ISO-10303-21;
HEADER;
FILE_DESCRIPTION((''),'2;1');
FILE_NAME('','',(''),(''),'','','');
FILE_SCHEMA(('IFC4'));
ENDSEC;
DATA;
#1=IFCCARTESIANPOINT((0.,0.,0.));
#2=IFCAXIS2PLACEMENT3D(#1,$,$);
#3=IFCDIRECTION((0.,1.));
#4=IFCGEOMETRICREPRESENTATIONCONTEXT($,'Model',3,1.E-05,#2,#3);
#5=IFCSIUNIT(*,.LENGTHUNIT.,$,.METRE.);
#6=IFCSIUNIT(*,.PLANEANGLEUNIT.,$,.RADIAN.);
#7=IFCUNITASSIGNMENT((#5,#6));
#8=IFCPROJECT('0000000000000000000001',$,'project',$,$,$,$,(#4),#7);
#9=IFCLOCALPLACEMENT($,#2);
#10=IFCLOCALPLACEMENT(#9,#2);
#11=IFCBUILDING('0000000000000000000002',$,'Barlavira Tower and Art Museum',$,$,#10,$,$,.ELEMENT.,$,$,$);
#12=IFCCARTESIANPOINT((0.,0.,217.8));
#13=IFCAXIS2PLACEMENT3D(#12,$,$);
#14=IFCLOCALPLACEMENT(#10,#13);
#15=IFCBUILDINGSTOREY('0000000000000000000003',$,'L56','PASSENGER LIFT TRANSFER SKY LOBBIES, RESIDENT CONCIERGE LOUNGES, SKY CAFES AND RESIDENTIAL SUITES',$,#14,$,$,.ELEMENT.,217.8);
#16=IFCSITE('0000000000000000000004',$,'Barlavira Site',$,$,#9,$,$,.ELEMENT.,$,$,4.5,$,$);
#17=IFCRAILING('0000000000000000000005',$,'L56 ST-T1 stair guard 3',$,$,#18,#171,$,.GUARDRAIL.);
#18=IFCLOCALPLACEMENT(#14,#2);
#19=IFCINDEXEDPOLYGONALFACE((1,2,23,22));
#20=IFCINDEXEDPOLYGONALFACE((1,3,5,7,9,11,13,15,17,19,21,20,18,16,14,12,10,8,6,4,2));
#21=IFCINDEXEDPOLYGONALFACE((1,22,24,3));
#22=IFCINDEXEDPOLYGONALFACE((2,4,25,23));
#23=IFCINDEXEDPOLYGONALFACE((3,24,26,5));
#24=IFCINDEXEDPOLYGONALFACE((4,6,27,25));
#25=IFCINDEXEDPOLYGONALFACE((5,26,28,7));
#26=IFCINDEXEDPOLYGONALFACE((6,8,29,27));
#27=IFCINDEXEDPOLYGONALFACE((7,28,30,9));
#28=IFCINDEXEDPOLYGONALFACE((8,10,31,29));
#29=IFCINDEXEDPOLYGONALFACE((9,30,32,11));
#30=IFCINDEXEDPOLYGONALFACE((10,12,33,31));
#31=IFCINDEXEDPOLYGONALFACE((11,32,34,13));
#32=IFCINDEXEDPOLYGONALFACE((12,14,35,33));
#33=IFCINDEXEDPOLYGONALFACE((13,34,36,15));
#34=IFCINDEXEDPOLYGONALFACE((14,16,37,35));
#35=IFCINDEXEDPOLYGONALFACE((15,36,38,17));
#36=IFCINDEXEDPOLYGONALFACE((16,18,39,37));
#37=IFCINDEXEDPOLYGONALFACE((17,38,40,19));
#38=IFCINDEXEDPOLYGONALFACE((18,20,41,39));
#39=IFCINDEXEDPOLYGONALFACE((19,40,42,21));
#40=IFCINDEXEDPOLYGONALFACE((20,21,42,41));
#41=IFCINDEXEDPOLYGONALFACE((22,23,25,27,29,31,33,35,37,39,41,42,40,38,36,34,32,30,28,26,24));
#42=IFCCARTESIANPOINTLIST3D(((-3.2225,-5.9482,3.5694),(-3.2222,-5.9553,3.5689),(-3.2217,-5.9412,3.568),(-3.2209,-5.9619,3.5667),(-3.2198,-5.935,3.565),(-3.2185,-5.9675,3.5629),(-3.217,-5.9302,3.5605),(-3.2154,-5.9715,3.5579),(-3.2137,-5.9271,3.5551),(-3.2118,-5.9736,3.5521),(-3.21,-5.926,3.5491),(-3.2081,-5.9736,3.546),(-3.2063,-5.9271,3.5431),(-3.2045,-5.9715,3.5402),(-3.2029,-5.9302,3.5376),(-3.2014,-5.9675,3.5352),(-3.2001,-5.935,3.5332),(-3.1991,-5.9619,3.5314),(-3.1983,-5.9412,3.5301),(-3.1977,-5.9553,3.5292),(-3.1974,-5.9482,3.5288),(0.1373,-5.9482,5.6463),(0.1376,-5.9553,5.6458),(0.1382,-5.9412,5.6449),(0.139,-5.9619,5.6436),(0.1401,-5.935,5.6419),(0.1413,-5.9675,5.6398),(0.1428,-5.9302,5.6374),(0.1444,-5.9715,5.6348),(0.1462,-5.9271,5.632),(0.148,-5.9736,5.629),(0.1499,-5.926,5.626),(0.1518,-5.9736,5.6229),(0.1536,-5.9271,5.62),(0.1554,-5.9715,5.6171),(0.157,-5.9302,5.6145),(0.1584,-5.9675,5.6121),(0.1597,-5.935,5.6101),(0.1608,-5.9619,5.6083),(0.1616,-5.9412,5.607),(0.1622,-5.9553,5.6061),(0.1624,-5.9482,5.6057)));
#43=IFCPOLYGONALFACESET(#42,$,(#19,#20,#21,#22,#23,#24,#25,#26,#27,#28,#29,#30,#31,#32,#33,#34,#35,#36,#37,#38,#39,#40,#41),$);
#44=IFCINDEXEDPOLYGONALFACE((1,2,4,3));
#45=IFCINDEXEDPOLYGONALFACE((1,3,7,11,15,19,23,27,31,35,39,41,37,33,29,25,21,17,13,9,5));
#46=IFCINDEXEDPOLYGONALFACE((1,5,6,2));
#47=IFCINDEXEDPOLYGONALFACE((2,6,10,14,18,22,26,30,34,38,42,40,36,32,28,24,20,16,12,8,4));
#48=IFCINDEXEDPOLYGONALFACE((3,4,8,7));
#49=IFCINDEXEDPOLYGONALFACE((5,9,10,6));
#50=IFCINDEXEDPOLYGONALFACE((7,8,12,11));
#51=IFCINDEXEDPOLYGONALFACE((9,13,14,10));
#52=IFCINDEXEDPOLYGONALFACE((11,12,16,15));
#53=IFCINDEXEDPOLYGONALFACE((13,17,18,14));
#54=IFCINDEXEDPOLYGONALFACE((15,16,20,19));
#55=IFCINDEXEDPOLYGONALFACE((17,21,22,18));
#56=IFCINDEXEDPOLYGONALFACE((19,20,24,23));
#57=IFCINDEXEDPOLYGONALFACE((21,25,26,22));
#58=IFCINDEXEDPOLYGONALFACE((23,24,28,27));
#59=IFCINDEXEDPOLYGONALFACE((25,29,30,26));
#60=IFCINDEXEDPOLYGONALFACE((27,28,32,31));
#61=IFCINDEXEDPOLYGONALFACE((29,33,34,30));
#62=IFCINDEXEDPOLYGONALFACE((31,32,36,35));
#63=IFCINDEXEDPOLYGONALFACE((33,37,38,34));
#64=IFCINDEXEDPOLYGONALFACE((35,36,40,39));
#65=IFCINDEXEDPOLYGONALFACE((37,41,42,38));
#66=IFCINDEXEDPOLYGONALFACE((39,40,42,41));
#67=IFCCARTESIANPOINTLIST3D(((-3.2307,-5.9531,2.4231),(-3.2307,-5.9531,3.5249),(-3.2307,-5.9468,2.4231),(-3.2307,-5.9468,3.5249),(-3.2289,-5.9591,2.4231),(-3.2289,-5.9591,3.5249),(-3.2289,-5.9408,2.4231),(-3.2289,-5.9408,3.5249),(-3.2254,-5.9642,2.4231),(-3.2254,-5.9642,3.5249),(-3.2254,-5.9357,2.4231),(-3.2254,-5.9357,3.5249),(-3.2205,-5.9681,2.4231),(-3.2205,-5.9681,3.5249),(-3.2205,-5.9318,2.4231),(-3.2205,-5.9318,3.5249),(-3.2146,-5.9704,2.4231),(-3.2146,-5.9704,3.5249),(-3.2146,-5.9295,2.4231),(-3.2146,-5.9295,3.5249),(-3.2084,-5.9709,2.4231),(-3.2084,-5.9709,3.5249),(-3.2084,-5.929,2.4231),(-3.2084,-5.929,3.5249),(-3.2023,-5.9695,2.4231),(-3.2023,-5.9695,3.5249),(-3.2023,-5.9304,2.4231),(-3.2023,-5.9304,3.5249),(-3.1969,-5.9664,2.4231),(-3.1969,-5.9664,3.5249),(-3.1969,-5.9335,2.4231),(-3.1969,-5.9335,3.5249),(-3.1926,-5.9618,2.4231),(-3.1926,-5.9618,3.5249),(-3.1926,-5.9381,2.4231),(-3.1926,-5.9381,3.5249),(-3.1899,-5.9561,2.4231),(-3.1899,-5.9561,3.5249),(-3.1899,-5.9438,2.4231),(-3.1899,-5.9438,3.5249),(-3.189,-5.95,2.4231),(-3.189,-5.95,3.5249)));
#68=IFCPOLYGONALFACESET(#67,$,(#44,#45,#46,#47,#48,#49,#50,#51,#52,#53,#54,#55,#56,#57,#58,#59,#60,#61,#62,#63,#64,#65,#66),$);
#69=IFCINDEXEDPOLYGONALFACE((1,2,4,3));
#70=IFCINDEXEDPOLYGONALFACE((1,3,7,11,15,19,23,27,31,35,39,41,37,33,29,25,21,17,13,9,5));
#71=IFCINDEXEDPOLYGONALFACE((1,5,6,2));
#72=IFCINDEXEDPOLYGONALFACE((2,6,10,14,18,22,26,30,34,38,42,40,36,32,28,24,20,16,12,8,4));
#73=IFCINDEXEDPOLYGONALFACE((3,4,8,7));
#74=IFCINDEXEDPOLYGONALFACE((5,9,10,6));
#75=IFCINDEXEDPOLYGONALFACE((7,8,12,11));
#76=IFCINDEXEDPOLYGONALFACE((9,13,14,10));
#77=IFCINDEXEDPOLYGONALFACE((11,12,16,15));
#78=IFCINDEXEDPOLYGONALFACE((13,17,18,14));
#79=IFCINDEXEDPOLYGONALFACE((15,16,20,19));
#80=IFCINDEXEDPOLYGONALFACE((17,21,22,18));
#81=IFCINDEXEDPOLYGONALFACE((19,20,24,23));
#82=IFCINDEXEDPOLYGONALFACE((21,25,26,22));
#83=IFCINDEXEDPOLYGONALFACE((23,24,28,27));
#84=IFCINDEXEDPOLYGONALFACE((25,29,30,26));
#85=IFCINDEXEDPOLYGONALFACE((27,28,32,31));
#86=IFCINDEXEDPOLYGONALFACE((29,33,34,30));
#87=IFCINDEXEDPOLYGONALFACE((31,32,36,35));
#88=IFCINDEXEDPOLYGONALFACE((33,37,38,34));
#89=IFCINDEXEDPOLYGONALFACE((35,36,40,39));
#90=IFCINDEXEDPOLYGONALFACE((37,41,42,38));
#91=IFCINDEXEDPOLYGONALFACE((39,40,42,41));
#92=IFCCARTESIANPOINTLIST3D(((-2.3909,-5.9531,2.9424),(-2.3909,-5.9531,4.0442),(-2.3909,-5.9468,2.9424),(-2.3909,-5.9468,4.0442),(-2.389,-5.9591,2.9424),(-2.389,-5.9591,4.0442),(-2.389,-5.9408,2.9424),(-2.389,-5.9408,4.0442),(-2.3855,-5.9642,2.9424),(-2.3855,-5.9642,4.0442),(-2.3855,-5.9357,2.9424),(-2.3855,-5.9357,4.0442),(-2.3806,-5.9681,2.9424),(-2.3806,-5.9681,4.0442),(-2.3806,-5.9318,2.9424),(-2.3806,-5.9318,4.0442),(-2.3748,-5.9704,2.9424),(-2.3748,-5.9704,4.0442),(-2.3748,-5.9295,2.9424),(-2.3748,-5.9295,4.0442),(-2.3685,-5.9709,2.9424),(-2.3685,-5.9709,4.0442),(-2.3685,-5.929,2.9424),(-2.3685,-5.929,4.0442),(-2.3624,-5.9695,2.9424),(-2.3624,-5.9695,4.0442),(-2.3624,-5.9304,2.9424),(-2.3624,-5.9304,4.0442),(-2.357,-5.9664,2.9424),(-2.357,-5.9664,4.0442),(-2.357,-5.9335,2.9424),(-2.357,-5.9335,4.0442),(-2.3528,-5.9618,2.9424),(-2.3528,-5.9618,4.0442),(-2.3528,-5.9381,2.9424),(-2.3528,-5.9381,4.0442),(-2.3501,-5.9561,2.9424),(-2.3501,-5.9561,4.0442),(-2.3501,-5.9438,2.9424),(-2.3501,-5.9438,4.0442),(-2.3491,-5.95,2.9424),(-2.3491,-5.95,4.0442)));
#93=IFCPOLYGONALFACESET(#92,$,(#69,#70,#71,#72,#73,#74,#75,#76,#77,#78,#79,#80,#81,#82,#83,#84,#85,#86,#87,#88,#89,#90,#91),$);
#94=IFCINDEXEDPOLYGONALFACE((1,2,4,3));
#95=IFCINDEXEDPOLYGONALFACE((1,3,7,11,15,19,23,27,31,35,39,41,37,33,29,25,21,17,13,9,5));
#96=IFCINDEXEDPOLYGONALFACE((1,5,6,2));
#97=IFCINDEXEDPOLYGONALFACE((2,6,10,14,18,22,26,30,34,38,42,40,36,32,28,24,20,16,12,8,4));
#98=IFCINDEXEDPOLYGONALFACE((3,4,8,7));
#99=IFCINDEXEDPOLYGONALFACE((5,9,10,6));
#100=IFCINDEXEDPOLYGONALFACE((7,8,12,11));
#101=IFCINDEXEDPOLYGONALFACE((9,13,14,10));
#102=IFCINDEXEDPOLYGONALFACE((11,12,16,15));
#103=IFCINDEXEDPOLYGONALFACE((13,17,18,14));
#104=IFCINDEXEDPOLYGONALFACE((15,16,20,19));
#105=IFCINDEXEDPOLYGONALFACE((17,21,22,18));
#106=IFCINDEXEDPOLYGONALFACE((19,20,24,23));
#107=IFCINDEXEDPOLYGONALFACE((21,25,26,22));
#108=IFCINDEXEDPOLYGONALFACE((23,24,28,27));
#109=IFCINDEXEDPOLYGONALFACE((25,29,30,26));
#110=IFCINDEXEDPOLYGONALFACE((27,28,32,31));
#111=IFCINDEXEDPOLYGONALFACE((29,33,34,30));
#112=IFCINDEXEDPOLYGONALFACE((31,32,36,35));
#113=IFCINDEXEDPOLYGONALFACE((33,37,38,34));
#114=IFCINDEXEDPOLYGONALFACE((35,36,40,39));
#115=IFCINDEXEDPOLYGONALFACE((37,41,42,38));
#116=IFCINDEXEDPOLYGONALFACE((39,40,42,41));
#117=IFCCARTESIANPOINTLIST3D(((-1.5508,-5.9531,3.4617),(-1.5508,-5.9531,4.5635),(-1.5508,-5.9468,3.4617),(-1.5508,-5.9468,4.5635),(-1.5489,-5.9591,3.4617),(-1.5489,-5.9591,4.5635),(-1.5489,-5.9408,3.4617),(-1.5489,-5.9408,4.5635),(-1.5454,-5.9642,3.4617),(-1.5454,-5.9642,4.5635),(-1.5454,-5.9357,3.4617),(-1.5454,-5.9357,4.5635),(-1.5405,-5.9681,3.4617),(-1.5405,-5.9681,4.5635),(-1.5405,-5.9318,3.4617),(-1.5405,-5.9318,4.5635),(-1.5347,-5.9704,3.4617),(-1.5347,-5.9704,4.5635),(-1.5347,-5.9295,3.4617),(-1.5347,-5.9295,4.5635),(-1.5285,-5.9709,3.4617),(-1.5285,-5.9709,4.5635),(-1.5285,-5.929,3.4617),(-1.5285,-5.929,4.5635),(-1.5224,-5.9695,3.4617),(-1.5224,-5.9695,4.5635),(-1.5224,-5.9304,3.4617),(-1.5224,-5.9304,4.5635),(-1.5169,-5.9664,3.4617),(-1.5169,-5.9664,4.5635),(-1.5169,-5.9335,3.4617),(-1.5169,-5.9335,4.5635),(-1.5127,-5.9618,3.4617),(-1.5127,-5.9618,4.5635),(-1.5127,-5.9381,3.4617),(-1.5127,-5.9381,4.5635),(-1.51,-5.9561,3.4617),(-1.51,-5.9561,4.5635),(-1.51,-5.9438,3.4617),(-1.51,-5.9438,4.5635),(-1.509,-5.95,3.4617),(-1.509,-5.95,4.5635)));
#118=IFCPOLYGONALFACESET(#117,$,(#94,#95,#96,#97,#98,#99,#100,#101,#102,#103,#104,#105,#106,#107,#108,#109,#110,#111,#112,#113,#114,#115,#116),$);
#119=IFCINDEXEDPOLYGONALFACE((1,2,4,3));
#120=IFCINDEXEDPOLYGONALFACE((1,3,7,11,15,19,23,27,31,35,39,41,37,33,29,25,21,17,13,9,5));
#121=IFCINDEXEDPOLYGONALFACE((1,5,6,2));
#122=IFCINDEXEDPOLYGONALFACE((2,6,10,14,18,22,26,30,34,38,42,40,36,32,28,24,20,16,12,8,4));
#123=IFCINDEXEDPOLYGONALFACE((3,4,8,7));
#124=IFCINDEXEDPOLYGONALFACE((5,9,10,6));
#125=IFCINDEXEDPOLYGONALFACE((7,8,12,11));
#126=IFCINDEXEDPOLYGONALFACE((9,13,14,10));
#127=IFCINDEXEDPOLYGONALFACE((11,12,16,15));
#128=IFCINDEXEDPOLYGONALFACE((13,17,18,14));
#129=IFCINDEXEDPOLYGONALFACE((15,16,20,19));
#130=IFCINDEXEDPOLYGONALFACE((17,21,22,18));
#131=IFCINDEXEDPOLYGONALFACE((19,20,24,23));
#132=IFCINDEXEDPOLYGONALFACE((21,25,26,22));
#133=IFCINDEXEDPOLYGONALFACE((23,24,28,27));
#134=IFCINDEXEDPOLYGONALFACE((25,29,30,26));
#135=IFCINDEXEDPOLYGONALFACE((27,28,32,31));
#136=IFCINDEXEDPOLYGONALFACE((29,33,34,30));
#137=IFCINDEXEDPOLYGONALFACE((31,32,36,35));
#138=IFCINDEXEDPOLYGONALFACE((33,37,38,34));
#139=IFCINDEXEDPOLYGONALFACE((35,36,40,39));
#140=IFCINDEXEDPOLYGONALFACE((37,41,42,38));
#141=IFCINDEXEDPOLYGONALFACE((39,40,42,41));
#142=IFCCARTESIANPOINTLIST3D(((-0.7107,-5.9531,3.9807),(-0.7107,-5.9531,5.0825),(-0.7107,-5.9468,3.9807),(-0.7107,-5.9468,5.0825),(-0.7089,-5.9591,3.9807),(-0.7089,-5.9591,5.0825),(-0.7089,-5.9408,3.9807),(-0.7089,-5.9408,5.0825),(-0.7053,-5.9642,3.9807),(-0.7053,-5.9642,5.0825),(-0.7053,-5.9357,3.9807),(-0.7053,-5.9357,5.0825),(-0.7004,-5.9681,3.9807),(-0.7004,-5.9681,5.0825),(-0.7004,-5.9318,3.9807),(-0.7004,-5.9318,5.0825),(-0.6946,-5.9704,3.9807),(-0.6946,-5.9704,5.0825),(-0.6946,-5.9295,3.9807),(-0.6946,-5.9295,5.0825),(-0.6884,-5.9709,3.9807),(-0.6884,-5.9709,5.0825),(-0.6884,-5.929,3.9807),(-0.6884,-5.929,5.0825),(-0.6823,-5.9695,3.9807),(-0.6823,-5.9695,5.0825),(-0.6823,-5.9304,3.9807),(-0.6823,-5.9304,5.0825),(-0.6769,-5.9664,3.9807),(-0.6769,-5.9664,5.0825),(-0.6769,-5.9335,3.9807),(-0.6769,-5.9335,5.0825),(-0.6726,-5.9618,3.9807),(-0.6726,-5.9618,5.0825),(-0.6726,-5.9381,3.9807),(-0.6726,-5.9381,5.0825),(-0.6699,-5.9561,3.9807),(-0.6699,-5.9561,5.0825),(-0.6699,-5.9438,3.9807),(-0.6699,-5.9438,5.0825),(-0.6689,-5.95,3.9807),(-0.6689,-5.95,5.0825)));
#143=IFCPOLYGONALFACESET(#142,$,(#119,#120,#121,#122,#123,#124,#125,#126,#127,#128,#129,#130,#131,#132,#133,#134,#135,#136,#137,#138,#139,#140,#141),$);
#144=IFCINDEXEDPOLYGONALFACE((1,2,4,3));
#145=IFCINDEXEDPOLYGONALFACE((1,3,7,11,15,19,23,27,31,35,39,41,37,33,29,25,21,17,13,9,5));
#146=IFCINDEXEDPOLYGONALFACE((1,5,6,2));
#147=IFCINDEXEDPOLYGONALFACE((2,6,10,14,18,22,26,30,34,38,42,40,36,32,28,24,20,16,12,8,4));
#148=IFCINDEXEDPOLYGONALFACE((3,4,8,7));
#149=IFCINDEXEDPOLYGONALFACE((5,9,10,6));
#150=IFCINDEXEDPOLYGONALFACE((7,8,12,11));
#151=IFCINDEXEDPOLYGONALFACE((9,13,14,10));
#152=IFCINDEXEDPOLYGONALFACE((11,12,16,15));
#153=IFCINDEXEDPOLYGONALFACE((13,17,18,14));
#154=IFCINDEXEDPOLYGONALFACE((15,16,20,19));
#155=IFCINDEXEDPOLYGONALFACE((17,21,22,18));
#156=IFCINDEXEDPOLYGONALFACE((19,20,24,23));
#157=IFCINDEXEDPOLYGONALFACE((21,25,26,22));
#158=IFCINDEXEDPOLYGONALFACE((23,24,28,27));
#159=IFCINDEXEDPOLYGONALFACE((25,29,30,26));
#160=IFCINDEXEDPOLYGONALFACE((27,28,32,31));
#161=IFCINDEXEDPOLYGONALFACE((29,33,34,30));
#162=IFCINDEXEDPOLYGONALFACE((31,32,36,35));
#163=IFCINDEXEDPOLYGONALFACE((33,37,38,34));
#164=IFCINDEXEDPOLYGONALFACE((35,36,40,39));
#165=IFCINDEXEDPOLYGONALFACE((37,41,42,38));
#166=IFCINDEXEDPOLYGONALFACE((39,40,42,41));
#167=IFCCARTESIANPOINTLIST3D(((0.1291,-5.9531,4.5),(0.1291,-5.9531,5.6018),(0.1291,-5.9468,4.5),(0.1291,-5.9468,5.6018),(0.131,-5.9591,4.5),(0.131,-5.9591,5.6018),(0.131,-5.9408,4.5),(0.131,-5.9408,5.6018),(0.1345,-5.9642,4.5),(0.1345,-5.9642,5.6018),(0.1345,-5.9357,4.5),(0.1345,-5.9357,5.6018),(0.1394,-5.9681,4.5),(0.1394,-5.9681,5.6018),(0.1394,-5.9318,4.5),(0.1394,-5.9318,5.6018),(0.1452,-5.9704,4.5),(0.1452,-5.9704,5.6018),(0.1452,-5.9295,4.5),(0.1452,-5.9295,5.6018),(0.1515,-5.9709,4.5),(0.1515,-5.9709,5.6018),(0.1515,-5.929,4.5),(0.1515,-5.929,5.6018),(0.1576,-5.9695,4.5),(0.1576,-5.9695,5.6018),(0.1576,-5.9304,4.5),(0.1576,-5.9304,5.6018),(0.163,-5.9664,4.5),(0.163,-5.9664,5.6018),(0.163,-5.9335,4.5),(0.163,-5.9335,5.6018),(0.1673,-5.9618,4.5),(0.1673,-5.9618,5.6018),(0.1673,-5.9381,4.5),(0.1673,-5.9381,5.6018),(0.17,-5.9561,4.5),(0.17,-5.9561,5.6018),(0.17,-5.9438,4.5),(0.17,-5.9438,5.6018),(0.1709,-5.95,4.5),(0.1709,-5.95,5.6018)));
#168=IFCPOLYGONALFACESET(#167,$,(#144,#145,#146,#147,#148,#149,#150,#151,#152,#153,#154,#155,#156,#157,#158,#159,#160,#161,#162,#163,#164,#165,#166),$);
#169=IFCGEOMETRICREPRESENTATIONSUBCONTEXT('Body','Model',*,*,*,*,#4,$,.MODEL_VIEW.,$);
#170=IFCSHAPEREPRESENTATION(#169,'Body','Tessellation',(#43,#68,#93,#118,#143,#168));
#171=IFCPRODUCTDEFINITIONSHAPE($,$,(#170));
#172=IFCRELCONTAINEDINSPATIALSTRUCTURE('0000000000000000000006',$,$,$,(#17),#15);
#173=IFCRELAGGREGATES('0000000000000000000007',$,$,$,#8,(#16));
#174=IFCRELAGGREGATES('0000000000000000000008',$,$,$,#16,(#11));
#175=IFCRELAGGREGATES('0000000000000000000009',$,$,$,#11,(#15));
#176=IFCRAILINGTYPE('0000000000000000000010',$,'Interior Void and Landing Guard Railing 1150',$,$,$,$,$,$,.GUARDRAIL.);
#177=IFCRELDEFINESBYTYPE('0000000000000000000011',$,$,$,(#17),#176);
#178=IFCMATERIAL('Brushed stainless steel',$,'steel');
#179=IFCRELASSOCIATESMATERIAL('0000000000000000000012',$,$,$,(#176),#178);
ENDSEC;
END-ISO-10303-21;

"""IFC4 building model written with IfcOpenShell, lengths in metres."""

from ifc_helpers import new_model, si_unit, direction, frame, origin, origin_2d, place, context, subcontext, project, spatial, circle, extrude, material, type_object, element, save


model = new_model("IFC4")

# Units and contexts
model_context = context("Model", 3, precision=1e-05, world=origin(), true_north=direction((0.0, 1.0)))
body_context = subcontext(model_context, "Body", "Model", "MODEL_VIEW")
ifc_project = project(units=[si_unit("LENGTHUNIT", "METRE"), si_unit("PLANEANGLEUNIT", "RADIAN")], contexts=[model_context])

# Site, building, storey
site_placement = place(None, origin())
site = spatial("IfcSite", under=ifc_project, at=site_placement, Name="Barlavira Site", CompositionType="ELEMENT", RefElevation=4.5)
building_placement = place(site_placement, origin())
building = spatial("IfcBuilding", under=site, at=building_placement, Name="Barlavira Tower and Art Museum", CompositionType="ELEMENT")
storey_placement = place(building_placement, frame((0.0, 0.0, 217.8)))
storey = spatial("IfcBuildingStorey", under=building, at=storey_placement, Name="L56", Description="PASSENGER LIFT TRANSFER SKY LOBBIES, RESIDENT CONCIERGE LOUNGES, SKY CAFES AND RESIDENTIAL SUITES", CompositionType="ELEMENT", Elevation=217.8)

# Shared definitions
ifc_material_1 = material(Name="Brushed stainless steel", Category="steel")

# Railing
railing_type_1 = type_object("IfcRailingType", Name="Interior Void and Landing Guard Railing 1150", PredefinedType="GUARDRAIL", material=ifc_material_1)
railing_1_placement = place(storey_placement, frame((-3.21, -5.95, 2.4231)))
element("IfcRailing", 1, at=railing_1_placement, inside=storey, type_object=railing_type_1, Name="L56 ST-T1 stair guard 3", PredefinedType="GUARDRAIL", context=body_context, shape_type="SweptSolid", body=[
    extrude(circle(Radius=0.0239, at=origin_2d()), frame((0.0, 0.0, 1.126), z_axis=(0.850606, 0.0, 0.525803), x_axis=(0.0, 1.0, 0.0)), (0.0, 0.0, 1.0), 3.95),
    extrude(circle(Radius=0.021, at=origin_2d()), origin(), (0.0, 0.0, 1.0), 1.1018),
    extrude(circle(Radius=0.021, at=origin_2d()), frame((0.8398, 0.0, 0.5193)), (0.0, 0.0, 1.0), 1.1018),
    extrude(circle(Radius=0.021, at=origin_2d()), frame((1.6799, 0.0, 1.0386)), (0.0, 0.0, 1.0), 1.1018),
    extrude(circle(Radius=0.021, at=origin_2d()), frame((2.52, 0.0, 1.5576)), (0.0, 0.0, 1.0), 1.1018),
    extrude(circle(Radius=0.021, at=origin_2d()), frame((3.3599, 0.0, 2.0769)), (0.0, 0.0, 1.0), 1.1018),
])

save(model, "model.ifc")
